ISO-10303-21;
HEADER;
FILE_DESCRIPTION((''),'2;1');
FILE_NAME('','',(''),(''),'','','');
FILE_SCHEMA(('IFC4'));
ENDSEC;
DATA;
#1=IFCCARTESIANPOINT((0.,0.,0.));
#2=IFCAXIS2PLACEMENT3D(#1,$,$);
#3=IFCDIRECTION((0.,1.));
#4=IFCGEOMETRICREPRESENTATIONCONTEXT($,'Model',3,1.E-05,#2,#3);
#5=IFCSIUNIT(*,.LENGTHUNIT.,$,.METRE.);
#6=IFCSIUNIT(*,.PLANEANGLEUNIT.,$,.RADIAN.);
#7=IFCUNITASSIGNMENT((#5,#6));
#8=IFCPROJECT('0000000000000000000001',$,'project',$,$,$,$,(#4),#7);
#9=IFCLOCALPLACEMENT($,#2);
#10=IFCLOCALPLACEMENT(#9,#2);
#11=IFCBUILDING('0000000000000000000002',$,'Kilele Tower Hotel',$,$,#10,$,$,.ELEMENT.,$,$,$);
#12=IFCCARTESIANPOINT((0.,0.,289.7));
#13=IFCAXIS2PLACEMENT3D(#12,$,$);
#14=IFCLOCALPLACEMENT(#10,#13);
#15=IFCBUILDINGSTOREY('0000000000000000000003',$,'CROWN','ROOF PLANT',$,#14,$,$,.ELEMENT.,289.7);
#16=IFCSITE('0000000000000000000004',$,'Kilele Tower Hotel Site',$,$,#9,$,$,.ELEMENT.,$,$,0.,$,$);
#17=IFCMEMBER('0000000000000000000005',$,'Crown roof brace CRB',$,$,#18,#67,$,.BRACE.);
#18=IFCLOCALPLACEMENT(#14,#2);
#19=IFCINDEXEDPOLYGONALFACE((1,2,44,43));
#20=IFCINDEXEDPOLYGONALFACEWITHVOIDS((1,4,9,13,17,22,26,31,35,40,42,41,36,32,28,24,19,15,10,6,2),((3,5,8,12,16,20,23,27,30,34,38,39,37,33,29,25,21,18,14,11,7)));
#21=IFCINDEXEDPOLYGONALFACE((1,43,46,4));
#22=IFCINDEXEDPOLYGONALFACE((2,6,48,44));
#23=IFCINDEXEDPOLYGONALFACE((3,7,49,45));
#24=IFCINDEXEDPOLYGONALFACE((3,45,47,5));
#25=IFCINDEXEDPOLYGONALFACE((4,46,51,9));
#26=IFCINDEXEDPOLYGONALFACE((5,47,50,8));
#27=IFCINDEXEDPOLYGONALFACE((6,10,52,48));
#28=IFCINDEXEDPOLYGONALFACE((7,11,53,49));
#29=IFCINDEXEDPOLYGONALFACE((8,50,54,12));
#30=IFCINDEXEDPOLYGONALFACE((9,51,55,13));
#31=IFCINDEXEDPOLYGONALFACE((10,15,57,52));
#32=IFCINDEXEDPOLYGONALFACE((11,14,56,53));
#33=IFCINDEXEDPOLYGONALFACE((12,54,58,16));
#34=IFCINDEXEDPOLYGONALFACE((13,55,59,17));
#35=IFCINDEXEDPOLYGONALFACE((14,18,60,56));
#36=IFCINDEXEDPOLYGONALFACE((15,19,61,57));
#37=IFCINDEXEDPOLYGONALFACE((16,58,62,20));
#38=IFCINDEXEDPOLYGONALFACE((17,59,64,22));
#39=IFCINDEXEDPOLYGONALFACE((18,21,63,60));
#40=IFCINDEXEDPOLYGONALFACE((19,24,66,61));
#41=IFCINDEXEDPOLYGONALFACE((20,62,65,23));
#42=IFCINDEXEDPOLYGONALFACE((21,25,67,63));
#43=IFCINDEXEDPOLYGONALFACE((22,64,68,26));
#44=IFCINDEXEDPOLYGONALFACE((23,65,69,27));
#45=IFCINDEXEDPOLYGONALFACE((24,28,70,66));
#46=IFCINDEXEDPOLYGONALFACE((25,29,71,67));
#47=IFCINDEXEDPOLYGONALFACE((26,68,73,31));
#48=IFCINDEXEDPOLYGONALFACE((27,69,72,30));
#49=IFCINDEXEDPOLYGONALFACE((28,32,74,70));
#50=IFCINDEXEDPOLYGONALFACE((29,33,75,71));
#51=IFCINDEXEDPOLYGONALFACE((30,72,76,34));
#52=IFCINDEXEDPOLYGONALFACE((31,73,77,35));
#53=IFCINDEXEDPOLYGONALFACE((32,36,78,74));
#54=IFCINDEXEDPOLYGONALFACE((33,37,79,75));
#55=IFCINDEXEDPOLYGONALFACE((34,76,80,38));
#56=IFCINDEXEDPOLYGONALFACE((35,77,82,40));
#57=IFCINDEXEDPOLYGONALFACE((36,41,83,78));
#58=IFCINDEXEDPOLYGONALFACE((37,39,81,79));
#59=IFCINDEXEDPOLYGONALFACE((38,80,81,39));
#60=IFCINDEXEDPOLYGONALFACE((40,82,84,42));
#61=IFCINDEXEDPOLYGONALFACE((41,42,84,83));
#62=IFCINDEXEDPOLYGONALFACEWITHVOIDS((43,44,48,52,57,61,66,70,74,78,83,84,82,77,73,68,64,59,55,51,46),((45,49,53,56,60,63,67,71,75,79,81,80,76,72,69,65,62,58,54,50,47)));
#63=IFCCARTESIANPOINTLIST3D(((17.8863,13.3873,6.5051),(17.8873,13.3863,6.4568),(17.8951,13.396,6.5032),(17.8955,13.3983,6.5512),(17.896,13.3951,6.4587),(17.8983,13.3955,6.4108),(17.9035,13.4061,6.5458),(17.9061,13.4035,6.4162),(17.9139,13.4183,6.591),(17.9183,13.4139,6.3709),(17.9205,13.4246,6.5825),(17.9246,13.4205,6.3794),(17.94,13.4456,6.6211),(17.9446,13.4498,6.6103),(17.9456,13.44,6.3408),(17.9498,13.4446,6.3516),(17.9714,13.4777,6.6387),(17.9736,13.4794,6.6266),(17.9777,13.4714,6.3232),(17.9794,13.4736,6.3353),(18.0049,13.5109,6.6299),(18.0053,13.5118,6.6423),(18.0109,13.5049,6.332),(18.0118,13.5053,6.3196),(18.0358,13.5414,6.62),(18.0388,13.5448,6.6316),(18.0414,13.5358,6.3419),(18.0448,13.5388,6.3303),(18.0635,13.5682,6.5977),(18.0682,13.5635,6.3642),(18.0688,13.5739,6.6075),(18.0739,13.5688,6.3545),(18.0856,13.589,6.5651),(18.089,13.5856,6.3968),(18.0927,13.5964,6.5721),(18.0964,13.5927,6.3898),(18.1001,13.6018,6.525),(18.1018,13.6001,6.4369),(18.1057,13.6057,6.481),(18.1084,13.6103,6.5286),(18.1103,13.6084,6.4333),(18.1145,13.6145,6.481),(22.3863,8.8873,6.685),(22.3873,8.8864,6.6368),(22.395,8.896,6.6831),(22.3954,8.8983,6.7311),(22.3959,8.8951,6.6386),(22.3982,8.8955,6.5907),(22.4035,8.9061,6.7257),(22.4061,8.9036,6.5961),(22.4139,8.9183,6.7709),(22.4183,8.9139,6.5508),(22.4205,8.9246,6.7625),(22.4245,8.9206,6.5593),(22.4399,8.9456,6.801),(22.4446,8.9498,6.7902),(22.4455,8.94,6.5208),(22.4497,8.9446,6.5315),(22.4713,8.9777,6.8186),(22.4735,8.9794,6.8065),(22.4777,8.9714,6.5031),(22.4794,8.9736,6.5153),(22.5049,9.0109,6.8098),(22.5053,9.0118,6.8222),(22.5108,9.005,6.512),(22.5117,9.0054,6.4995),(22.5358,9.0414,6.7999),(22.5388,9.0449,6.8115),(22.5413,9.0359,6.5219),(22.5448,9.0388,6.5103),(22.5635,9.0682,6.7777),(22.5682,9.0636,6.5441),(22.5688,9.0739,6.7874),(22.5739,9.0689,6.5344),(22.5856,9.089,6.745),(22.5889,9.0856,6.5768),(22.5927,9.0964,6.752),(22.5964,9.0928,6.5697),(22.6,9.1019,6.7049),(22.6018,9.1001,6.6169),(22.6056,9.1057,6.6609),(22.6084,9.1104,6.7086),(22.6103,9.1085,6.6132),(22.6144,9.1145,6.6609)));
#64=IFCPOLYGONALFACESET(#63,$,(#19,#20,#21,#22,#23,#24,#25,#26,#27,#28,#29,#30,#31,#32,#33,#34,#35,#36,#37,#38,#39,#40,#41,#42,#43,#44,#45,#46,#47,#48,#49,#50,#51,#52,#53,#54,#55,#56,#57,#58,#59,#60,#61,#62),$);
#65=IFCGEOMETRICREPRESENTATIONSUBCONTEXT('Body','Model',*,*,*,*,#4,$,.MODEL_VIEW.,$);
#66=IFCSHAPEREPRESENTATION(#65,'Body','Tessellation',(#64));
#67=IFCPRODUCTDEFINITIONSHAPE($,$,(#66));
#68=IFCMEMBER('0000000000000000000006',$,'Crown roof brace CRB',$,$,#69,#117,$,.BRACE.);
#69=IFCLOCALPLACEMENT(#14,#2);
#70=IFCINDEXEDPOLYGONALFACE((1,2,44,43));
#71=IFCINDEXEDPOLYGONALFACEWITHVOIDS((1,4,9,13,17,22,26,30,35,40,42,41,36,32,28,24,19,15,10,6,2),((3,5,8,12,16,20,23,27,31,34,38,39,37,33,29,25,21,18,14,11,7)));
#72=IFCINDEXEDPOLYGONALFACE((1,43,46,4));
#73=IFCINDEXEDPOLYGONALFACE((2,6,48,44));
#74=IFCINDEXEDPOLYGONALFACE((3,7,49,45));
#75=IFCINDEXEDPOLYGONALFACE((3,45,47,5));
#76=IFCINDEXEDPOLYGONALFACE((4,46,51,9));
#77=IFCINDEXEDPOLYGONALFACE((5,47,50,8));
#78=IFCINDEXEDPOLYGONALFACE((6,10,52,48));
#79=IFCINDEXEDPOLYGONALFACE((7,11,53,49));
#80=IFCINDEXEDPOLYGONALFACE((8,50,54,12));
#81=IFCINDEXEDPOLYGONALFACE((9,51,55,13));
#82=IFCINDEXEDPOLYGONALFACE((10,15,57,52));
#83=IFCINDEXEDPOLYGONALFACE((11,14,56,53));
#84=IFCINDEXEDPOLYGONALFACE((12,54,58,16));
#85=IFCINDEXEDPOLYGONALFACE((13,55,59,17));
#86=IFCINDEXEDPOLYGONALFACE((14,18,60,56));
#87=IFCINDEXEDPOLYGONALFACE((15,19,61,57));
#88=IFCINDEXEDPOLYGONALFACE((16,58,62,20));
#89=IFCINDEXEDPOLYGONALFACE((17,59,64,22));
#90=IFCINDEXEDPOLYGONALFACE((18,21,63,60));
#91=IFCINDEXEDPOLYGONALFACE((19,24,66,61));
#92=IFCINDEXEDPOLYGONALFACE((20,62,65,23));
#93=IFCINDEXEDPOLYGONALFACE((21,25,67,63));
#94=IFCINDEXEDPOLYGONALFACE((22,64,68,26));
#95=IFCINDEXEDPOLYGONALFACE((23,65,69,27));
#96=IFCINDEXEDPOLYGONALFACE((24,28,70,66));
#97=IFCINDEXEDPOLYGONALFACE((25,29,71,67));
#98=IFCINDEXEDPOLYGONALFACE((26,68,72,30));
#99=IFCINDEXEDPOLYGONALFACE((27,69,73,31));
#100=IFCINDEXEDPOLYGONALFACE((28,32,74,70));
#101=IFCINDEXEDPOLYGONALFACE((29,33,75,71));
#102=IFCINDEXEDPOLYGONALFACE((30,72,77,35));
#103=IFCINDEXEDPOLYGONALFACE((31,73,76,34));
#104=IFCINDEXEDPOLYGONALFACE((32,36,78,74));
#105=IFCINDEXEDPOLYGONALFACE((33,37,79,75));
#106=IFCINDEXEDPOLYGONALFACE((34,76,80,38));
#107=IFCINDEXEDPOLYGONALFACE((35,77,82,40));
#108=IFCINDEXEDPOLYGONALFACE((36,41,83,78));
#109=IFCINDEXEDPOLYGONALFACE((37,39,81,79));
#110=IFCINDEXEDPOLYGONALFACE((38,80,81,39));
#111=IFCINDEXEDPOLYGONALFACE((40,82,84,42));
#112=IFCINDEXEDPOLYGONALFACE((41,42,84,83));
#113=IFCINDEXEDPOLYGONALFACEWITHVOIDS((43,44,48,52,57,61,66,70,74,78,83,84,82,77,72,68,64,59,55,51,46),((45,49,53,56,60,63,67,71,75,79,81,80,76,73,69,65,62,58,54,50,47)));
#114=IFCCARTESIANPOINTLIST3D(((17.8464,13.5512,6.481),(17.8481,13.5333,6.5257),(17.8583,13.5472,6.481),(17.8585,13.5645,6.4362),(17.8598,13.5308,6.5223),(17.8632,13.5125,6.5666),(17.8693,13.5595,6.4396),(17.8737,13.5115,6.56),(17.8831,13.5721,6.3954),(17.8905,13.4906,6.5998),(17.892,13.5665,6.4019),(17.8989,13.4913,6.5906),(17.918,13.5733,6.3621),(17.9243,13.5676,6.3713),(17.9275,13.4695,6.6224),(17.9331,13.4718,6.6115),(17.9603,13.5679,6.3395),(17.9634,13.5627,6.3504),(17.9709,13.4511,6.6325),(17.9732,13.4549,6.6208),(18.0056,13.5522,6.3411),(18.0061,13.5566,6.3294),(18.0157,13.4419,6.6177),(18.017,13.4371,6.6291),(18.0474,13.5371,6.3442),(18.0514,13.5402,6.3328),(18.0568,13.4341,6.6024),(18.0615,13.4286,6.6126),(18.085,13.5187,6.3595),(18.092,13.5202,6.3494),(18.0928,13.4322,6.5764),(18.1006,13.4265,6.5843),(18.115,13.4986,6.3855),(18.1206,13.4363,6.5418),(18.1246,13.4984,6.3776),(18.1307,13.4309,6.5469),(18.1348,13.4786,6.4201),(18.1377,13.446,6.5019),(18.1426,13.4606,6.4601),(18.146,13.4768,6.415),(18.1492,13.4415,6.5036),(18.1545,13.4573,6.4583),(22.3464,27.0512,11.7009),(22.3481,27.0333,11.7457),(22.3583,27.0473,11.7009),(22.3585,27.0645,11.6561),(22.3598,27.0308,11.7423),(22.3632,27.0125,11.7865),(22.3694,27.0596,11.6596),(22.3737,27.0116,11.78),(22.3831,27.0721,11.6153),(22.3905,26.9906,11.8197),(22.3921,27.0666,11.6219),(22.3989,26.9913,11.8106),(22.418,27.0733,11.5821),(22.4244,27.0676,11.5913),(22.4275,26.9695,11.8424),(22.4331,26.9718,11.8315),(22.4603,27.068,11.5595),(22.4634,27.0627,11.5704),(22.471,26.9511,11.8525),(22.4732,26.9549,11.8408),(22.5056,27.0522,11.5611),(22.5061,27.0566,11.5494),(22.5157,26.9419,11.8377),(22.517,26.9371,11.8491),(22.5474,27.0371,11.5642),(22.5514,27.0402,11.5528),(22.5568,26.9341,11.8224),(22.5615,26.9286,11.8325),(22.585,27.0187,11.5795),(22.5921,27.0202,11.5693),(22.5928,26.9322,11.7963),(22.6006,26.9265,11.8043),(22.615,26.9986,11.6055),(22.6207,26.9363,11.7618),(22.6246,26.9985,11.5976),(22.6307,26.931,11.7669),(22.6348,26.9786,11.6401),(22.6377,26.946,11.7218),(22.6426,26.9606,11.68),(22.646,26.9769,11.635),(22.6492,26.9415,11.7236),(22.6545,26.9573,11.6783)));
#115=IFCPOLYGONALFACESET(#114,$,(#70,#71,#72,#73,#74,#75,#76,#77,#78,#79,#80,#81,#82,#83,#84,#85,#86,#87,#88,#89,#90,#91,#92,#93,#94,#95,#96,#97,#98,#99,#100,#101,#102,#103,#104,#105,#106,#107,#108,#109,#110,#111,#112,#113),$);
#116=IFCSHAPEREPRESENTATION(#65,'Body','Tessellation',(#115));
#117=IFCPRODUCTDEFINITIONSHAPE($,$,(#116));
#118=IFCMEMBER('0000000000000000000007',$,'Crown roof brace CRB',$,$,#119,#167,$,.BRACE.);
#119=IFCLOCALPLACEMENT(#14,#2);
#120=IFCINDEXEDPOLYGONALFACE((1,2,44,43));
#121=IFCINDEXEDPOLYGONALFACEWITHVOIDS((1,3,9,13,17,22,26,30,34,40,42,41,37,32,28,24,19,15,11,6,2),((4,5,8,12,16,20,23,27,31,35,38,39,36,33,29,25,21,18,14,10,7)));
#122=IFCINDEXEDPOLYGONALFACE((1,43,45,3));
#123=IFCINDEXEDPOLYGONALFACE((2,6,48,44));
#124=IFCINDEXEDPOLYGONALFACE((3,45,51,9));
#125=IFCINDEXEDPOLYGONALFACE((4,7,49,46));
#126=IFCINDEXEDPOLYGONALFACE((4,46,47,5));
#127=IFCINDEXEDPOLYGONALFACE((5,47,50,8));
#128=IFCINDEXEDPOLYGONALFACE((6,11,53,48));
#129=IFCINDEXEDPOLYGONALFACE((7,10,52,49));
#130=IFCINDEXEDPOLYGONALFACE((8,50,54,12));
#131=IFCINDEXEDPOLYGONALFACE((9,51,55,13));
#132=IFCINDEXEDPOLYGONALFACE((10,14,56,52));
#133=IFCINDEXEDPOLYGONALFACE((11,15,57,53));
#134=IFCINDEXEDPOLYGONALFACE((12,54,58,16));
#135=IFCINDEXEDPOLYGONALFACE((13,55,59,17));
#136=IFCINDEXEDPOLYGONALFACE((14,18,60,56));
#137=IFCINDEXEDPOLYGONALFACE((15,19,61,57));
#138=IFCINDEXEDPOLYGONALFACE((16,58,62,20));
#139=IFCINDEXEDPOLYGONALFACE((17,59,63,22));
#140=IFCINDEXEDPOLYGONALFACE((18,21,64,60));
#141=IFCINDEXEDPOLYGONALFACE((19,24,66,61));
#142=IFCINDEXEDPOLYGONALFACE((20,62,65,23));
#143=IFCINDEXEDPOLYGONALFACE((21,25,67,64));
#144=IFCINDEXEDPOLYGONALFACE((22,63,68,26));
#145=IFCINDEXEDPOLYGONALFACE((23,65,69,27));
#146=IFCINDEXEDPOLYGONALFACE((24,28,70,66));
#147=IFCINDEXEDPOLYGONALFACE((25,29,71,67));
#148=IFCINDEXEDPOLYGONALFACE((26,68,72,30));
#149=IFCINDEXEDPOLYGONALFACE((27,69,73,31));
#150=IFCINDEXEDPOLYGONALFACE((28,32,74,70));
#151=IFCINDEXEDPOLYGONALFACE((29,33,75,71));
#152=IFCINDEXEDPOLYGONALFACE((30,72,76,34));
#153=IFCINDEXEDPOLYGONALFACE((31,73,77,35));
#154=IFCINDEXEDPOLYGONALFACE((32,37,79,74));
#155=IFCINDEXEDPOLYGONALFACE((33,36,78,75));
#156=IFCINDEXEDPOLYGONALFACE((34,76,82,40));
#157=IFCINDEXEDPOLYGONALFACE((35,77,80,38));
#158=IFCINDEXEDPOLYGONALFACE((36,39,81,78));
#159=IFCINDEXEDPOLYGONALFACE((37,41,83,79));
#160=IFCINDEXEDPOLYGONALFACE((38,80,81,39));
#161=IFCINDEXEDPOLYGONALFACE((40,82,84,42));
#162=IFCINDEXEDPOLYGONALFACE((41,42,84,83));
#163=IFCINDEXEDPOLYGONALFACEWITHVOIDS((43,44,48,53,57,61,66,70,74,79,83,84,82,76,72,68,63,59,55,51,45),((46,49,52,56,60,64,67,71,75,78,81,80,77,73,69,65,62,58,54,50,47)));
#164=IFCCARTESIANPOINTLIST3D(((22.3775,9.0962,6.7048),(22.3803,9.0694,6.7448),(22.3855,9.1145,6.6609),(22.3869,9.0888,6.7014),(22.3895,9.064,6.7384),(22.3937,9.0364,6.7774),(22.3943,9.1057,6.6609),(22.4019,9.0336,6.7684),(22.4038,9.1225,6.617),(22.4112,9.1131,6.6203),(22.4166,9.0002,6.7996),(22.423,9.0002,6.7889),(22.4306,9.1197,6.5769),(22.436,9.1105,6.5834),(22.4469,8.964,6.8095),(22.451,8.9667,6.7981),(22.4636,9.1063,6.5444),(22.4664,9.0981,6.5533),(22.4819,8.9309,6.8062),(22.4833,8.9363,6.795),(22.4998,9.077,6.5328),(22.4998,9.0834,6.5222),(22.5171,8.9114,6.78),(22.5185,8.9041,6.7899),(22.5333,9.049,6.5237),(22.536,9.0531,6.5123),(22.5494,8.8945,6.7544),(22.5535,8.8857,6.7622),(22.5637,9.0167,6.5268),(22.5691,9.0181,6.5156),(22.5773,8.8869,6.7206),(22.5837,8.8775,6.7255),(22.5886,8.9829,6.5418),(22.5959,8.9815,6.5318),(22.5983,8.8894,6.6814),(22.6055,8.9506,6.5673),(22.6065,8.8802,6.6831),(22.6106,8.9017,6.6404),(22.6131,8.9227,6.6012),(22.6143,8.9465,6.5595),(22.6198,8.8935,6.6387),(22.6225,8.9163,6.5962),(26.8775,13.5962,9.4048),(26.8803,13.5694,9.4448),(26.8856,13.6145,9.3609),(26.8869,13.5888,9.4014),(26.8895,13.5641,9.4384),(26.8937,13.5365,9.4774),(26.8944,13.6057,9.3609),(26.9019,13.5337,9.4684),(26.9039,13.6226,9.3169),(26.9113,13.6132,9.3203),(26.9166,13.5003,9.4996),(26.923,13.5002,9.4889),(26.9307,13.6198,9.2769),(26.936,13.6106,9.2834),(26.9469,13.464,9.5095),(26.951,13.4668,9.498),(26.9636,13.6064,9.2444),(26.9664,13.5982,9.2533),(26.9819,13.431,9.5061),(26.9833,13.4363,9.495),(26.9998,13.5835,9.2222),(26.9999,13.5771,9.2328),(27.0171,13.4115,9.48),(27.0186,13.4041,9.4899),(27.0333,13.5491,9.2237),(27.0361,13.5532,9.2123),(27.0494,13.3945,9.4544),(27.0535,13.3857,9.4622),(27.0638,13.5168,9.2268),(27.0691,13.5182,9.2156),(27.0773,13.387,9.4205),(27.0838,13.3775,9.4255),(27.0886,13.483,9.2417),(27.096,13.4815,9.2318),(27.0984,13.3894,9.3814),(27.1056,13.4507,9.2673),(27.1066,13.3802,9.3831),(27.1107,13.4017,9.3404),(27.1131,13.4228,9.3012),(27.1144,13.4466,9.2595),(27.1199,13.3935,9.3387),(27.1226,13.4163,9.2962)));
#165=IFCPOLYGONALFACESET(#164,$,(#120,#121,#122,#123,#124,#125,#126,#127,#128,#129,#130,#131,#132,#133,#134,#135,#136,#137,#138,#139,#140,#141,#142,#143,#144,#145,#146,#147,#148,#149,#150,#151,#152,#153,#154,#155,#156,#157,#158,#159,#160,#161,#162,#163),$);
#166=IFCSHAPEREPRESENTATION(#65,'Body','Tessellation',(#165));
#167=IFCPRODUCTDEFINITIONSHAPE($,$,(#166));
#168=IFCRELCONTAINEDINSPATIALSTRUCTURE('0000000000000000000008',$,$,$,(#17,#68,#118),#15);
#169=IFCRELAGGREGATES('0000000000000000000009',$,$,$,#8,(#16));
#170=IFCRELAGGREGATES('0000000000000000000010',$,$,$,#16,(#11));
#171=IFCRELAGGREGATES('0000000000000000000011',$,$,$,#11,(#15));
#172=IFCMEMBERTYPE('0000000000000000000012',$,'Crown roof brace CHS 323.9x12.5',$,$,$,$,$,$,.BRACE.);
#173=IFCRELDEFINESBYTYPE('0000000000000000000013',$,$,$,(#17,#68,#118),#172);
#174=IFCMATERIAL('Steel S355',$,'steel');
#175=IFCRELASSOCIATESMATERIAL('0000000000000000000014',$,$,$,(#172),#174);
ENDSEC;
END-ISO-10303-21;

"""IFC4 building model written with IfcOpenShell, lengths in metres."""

from ifc_helpers import new_model, si_unit, direction, frame, origin, origin_2d, place, context, subcontext, project, spatial, hollow_circle, extrude, material, material_profile, profile_set, type_object, element, save


model = new_model("IFC4")

# Units and contexts
model_context = context("Model", 3, precision=1e-05, world=origin(), true_north=direction((0.0, 1.0)))
body_context = subcontext(model_context, "Body", "Model", "MODEL_VIEW")
ifc_project = project(units=[si_unit("LENGTHUNIT", "METRE"), si_unit("PLANEANGLEUNIT", "RADIAN")], contexts=[model_context])

# Site, building, storey
site_placement = place(None, origin())
site = spatial("IfcSite", under=ifc_project, at=site_placement, Name="Kilele Tower Hotel Site", CompositionType="ELEMENT", RefElevation=0.0)
building_placement = place(site_placement, origin())
building = spatial("IfcBuilding", under=site, at=building_placement, Name="Kilele Tower Hotel", CompositionType="ELEMENT")
storey_placement = place(building_placement, frame((0.0, 0.0, 289.7)))
storey = spatial("IfcBuildingStorey", under=building, at=storey_placement, Name="CROWN", Description="ROOF PLANT", CompositionType="ELEMENT", Elevation=289.7)

# Members
ifc_material_1 = material(Name="Steel S355", Category="steel")
ifc_material_profile_1 = material_profile(ifc_material_1, hollow_circle(Radius=0.1619, WallThickness=0.0125, at=origin_2d()))
ifc_profile_set_1 = profile_set([ifc_material_profile_1], Name="Steel S355")
member_type_1 = type_object("IfcMemberType", Name="Crown roof brace CHS 323.9x12.5", PredefinedType="BRACE", material=ifc_profile_set_1)
member_1_placement = place(storey_placement, frame((18.0, 13.5, 6.481), z_axis=(0.706824, -0.706824, 0.028262), x_axis=(0.707107, 0.707107, 0.0)))
element("IfcMember", 1, at=member_1_placement, inside=storey, type_object=member_type_1, Name="Crown roof brace CRB", PredefinedType="BRACE", context=body_context, shape_type="SweptSolid", body=[
    extrude(hollow_circle(Radius=0.1619, WallThickness=0.0125, at=origin_2d()), origin(), (0.0, 0.0, 1.0), 6.3665),
])
member_2_placement = place(storey_placement, frame((18.0, 13.5, 6.481), z_axis=(0.296884, 0.890652, 0.344383), x_axis=(-0.948683, 0.316228, 0.0)))
element("IfcMember", 2, at=member_2_placement, inside=storey, type_object=member_type_1, Name="Crown roof brace CRB", PredefinedType="BRACE", context=body_context, shape_type="SweptSolid", body=[
    extrude(hollow_circle(Radius=0.1619, WallThickness=0.0125, at=origin_2d()), origin(), (0.0, 0.0, 1.0), 15.1575),
])
member_3_placement = place(storey_placement, frame((22.5, 9.0, 6.6609), z_axis=(0.650946, 0.650946, 0.390561), x_axis=(-0.707107, 0.707107, 0.0)))
element("IfcMember", 3, at=member_3_placement, inside=storey, type_object=member_type_1, Name="Crown roof brace CRB", PredefinedType="BRACE", context=body_context, shape_type="SweptSolid", body=[
    extrude(hollow_circle(Radius=0.1619, WallThickness=0.0125, at=origin_2d()), origin(), (0.0, 0.0, 1.0), 6.9131),
])

save(model, "model.ifc")
